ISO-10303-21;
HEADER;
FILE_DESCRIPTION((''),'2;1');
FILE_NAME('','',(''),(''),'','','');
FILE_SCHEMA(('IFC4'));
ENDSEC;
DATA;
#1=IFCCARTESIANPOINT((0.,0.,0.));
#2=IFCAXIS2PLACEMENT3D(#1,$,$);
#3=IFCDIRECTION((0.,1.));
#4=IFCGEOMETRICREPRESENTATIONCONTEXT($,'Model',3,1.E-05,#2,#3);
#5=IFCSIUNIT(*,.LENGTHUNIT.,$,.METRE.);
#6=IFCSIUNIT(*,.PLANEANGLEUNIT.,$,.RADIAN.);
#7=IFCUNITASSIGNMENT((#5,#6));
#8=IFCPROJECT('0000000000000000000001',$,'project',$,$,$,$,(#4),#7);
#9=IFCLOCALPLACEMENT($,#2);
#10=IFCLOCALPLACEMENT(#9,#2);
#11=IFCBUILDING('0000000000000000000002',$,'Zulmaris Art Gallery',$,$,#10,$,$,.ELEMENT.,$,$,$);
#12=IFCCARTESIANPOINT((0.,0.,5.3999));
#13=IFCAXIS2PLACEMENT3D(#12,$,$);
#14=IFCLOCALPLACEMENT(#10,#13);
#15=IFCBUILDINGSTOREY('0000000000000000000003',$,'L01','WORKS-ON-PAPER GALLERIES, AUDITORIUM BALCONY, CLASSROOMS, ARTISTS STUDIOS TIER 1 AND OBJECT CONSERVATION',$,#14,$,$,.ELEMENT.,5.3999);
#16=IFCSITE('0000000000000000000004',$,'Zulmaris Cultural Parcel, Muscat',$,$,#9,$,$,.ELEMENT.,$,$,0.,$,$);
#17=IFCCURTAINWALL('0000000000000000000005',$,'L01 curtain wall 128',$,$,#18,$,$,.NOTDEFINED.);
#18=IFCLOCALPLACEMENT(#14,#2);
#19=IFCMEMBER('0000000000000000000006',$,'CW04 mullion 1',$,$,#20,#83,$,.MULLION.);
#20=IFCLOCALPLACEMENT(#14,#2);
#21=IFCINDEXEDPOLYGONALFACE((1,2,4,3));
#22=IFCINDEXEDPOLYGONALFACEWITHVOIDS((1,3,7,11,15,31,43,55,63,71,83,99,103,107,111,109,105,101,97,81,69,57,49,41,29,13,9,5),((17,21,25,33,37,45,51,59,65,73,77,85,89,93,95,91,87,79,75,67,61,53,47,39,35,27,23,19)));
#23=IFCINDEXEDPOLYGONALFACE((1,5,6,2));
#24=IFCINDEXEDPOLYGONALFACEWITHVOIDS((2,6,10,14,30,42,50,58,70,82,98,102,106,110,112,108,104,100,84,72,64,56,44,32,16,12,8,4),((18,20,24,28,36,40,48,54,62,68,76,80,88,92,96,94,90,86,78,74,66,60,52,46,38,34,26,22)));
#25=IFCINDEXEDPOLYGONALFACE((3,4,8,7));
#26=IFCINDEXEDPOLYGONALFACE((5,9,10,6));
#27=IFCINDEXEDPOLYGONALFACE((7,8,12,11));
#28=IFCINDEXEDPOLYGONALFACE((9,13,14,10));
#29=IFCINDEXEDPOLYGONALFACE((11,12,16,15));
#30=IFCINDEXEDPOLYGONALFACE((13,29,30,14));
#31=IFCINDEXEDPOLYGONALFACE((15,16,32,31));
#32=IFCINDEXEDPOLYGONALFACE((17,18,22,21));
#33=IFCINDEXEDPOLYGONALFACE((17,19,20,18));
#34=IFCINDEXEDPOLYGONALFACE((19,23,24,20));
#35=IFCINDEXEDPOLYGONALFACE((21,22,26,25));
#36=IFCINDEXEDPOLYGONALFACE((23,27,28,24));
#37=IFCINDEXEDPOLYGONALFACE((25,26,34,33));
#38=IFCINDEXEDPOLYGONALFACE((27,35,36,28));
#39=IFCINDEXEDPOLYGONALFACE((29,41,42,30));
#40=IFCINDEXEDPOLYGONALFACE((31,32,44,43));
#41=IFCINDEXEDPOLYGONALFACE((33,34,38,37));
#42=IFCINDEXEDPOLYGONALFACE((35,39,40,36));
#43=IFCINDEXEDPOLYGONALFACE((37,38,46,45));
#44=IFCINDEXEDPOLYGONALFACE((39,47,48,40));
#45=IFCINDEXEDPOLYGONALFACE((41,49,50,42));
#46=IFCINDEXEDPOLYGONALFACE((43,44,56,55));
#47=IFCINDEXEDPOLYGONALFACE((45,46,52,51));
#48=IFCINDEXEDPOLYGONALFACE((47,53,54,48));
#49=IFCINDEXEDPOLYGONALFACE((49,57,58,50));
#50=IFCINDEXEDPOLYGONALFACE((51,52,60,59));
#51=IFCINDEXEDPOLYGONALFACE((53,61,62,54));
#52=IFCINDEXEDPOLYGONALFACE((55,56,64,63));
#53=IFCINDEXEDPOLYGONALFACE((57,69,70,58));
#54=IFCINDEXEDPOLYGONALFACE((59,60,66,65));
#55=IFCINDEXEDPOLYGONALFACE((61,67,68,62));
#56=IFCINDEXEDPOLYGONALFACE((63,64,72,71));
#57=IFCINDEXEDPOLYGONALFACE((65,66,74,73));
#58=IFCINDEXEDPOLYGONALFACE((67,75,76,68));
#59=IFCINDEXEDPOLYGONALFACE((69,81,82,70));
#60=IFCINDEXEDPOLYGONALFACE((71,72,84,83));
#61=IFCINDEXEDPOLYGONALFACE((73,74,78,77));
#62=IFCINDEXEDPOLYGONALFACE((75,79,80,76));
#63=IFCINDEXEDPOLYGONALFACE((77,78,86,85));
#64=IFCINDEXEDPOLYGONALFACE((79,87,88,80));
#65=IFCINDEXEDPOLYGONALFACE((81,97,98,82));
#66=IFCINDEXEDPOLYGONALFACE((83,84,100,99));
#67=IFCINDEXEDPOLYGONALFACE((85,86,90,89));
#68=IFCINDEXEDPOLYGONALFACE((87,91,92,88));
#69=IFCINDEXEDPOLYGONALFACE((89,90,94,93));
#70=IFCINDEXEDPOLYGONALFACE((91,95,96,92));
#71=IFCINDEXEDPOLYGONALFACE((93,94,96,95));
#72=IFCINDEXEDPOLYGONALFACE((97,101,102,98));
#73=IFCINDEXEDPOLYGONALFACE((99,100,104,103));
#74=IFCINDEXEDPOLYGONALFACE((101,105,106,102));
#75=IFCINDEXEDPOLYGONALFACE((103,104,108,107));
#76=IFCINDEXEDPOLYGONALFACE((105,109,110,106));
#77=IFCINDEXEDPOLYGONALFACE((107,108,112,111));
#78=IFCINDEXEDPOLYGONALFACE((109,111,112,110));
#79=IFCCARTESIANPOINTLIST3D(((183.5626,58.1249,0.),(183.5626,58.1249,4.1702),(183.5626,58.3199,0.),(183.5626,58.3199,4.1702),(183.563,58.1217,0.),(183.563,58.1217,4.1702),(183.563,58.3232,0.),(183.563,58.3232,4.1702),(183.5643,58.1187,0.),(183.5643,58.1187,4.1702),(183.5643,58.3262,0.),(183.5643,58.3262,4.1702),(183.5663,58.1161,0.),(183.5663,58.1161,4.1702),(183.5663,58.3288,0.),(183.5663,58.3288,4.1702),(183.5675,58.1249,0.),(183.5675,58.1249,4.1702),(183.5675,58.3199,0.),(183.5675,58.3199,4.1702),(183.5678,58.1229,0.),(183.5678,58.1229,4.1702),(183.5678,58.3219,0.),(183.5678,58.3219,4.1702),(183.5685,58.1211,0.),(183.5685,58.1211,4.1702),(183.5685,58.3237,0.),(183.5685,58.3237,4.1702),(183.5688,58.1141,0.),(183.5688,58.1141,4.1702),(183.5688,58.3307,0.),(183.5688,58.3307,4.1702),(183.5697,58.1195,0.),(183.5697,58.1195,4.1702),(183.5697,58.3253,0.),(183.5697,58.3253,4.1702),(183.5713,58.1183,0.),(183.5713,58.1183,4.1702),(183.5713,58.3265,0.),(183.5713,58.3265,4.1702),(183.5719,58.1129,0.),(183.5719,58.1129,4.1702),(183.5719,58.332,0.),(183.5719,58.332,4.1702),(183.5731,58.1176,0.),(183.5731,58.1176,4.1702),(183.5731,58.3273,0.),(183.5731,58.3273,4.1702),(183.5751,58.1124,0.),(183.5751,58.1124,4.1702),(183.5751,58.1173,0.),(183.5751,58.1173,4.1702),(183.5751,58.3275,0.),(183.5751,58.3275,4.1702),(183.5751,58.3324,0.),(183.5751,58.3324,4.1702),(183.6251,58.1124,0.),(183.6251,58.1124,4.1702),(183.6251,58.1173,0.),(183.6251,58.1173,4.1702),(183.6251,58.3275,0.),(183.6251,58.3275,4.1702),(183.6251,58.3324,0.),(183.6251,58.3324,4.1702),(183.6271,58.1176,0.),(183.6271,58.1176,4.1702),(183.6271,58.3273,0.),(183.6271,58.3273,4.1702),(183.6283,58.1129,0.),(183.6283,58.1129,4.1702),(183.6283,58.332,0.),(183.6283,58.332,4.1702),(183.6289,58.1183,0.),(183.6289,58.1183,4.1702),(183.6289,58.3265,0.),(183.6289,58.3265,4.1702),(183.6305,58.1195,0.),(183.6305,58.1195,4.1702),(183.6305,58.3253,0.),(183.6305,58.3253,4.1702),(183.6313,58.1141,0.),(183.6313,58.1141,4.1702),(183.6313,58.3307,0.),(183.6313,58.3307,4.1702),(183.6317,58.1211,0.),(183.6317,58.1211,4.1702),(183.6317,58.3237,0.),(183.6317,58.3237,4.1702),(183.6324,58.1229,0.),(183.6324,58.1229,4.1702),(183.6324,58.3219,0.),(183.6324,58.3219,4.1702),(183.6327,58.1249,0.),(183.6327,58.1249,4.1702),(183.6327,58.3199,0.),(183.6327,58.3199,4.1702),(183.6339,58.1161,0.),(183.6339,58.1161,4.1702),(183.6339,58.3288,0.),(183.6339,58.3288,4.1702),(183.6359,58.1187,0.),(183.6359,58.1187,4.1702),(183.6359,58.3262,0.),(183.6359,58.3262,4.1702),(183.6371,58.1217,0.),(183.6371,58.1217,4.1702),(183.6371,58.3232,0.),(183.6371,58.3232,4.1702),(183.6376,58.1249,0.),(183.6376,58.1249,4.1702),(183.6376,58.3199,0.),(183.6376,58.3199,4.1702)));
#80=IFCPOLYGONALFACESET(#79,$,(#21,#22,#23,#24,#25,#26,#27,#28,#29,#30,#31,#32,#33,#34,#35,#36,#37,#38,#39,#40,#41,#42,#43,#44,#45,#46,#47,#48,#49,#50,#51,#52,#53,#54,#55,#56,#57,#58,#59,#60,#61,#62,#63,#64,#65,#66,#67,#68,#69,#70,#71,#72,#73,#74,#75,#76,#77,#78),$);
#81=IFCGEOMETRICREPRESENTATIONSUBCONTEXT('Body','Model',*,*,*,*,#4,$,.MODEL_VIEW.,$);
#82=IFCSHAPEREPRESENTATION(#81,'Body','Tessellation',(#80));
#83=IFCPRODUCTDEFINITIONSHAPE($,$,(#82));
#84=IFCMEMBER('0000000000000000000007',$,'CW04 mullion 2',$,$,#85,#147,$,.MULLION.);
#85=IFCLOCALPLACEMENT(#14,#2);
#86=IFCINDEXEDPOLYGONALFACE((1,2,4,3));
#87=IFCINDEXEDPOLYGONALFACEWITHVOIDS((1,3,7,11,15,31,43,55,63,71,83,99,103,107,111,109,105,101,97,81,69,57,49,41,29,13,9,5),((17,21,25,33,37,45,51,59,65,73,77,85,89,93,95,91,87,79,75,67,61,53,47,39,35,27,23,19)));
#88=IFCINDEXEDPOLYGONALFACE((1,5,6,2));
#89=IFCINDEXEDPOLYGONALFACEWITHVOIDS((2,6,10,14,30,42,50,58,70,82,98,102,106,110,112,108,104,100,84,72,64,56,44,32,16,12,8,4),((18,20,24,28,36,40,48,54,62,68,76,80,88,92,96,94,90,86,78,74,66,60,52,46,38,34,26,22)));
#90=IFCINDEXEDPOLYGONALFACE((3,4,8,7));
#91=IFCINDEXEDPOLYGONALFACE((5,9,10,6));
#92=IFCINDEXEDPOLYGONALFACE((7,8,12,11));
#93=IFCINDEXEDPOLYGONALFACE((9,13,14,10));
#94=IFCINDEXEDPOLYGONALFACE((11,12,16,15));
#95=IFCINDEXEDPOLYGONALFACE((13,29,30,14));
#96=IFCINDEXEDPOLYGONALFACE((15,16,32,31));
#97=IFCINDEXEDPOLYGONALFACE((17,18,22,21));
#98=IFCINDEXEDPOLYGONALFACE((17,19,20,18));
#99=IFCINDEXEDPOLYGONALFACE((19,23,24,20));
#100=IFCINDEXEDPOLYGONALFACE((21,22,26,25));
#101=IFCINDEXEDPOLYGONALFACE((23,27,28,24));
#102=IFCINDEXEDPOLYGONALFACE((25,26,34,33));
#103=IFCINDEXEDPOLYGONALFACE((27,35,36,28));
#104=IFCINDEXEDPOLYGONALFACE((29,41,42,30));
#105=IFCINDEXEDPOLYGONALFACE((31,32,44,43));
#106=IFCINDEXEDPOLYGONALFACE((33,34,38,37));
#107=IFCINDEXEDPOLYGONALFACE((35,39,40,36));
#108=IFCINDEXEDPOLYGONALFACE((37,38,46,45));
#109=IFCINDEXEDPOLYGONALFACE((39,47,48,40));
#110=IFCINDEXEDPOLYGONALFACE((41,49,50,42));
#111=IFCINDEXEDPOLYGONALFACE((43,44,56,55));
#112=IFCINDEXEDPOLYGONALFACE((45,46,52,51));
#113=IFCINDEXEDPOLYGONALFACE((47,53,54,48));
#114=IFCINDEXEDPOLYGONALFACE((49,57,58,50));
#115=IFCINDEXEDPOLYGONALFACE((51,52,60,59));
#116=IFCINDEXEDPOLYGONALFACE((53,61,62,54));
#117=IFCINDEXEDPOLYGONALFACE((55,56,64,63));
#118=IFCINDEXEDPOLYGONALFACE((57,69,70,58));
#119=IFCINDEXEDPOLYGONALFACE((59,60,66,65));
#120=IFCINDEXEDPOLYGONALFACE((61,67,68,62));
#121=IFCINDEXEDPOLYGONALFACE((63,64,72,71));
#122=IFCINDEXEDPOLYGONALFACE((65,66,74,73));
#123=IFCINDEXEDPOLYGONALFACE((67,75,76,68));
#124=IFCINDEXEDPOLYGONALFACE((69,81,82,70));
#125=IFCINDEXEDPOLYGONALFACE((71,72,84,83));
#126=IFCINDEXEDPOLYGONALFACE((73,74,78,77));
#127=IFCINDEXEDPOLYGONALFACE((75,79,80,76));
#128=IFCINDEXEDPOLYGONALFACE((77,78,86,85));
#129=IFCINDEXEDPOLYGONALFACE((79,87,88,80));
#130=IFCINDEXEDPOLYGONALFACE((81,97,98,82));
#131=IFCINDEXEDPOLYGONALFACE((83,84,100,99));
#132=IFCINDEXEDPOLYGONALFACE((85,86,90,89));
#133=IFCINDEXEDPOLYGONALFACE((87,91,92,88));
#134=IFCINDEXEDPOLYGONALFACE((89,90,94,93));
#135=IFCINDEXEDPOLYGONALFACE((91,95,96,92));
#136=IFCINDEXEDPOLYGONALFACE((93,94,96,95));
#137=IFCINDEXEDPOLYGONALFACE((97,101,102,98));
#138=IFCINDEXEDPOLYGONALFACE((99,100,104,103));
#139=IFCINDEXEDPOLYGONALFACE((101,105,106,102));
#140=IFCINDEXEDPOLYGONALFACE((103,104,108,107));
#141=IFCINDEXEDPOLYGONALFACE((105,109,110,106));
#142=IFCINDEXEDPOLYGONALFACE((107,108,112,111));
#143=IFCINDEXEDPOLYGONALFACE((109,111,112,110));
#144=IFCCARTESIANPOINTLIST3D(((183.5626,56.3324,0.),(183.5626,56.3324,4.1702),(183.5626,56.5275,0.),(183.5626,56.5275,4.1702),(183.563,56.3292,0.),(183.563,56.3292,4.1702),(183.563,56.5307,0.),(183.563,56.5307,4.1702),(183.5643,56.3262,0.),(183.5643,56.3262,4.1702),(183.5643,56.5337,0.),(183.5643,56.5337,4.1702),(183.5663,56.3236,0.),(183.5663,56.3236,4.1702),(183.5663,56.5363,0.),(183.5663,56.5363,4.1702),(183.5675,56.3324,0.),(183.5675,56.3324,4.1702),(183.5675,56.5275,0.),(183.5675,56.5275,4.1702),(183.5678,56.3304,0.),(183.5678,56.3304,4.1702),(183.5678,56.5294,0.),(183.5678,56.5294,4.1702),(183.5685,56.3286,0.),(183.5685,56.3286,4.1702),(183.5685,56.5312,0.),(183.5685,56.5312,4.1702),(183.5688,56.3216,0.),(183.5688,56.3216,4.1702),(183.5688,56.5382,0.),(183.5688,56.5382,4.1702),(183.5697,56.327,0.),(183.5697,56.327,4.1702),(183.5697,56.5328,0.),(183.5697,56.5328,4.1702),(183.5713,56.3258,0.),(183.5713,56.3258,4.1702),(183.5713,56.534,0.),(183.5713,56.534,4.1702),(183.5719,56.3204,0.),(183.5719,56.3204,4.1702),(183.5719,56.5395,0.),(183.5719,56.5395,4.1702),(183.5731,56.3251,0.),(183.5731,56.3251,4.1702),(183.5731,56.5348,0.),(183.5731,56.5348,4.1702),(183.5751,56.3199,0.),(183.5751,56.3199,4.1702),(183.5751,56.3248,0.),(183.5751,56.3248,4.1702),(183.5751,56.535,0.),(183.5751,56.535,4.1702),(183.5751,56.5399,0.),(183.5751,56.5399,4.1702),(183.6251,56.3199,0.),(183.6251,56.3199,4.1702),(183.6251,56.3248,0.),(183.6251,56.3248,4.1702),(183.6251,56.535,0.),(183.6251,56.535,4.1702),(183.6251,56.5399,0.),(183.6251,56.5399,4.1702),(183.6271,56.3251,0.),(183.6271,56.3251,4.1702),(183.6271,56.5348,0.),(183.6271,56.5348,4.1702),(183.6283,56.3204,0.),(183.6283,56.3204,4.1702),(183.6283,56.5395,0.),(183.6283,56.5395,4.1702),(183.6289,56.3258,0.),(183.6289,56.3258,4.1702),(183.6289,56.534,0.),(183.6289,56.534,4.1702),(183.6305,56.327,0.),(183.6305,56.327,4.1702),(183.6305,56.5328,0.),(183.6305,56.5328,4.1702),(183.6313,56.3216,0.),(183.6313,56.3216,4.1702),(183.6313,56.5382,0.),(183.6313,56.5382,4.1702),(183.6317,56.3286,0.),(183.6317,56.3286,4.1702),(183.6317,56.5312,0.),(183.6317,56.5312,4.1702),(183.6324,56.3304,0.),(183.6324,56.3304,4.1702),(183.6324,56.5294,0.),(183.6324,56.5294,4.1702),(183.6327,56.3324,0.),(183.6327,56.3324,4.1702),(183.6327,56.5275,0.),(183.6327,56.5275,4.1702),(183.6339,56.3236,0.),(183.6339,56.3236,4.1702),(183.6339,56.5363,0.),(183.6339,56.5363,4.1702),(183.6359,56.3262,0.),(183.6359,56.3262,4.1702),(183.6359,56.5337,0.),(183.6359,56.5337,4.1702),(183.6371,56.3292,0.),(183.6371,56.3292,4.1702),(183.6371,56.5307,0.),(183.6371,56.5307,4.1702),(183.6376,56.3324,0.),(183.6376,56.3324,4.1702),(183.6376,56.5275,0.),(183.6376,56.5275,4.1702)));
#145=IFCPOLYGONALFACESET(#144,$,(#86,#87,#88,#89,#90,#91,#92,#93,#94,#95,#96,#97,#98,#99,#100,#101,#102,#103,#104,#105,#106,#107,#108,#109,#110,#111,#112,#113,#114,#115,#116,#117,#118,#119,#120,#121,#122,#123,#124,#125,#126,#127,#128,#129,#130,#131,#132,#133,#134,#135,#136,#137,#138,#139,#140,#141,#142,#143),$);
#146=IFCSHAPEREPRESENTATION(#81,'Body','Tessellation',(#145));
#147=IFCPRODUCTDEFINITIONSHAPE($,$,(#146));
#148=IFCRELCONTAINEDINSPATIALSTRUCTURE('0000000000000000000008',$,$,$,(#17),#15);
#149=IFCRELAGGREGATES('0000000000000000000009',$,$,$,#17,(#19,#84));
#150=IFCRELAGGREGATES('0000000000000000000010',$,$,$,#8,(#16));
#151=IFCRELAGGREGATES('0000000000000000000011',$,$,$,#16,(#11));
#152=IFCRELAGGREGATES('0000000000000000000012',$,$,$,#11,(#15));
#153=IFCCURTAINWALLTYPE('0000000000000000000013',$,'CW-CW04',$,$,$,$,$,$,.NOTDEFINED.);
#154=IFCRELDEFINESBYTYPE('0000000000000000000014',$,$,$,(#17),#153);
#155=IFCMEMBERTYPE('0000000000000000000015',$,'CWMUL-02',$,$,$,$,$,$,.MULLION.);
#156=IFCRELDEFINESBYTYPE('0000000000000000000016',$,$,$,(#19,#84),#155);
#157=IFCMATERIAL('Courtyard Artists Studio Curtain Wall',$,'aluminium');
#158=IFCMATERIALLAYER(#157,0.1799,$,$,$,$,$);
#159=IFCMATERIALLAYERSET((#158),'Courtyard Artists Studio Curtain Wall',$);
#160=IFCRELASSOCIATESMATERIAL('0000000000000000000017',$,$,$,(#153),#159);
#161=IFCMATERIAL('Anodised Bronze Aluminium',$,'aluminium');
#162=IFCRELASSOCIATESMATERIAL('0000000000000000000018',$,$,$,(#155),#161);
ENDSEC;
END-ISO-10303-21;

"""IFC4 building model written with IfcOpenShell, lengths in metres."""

from ifc_helpers import new_model, si_unit, direction, frame, origin, origin_2d, place, context, subcontext, project, spatial, hollow_rectangle, extrude, material, layer, layer_set, material_profile, profile_set, type_object, element, aggregate, save


model = new_model("IFC4")

# Units and contexts
model_context = context("Model", 3, precision=1e-05, world=origin(), true_north=direction((0.0, 1.0)))
body_context = subcontext(model_context, "Body", "Model", "MODEL_VIEW")
ifc_project = project(units=[si_unit("LENGTHUNIT", "METRE"), si_unit("PLANEANGLEUNIT", "RADIAN")], contexts=[model_context])

# Site, building, storey
site_placement = place(None, origin())
site = spatial("IfcSite", under=ifc_project, at=site_placement, Name="Zulmaris Cultural Parcel, Muscat", CompositionType="ELEMENT", RefElevation=0.0)
building_placement = place(site_placement, origin())
building = spatial("IfcBuilding", under=site, at=building_placement, Name="Zulmaris Art Gallery", CompositionType="ELEMENT")
storey_placement = place(building_placement, frame((0.0, 0.0, 5.3999)))
storey = spatial("IfcBuildingStorey", under=building, at=storey_placement, Name="L01", Description="WORKS-ON-PAPER GALLERIES, AUDITORIUM BALCONY, CLASSROOMS, ARTISTS STUDIOS TIER 1 AND OBJECT CONSERVATION", CompositionType="ELEMENT", Elevation=5.3999)

# Curtain wall, members
ifc_material_1 = material(Name="Courtyard Artists Studio Curtain Wall", Category="aluminium")
ifc_layer_1 = layer(ifc_material_1, 0.1799)
ifc_layer_set_1 = layer_set([ifc_layer_1], Name="Courtyard Artists Studio Curtain Wall")
curtain_wall_type = type_object("IfcCurtainWallType", Name="CW-CW04", PredefinedType="NOTDEFINED", material=ifc_layer_set_1)
curtain_wall_placement = place(storey_placement, origin())
curtain_wall = element("IfcCurtainWall", 1, at=curtain_wall_placement, inside=storey, type_object=curtain_wall_type, Name="L01 curtain wall 128", PredefinedType="NOTDEFINED")
ifc_material_2 = material(Name="Anodised Bronze Aluminium", Category="aluminium")
ifc_material_profile_1 = material_profile(ifc_material_2, hollow_rectangle(XDim=0.075, YDim=0.22, WallThickness=0.0049, InnerFilletRadius=0.0076, OuterFilletRadius=0.0125, at=origin_2d()), Name="ALU 75x220x5")
ifc_profile_set_1 = profile_set([ifc_material_profile_1], Name="Anodised Bronze Aluminium")
member_type_1 = type_object("IfcMemberType", Name="CWMUL-02", PredefinedType="MULLION", material=ifc_profile_set_1)
member_1_placement = place(storey_placement, frame((183.6001, 58.2224, 0.0), z_axis=(0.0, 0.0, 1.0), x_axis=(1.0, 0.0, 0.0)))
member_1 = element("IfcMember", 2, at=member_1_placement, type_object=member_type_1, Name="CW04 mullion 1", PredefinedType="MULLION", context=body_context, shape_type="SweptSolid", body=[
    extrude(hollow_rectangle(XDim=0.075, YDim=0.22, WallThickness=0.0049, InnerFilletRadius=0.0076, OuterFilletRadius=0.0125, at=origin_2d()), origin(), (0.0, 0.0, 1.0), 4.1702),
])
member_2_placement = place(storey_placement, frame((183.6001, 56.4299, 0.0), z_axis=(0.0, 0.0, 1.0), x_axis=(1.0, 0.0, 0.0)))
member_2 = element("IfcMember", 3, at=member_2_placement, type_object=member_type_1, Name="CW04 mullion 2", PredefinedType="MULLION", context=body_context, shape_type="SweptSolid", body=[
    extrude(hollow_rectangle(XDim=0.075, YDim=0.22, WallThickness=0.0049, InnerFilletRadius=0.0076, OuterFilletRadius=0.0125, at=origin_2d()), origin(), (0.0, 0.0, 1.0), 4.1702),
])
aggregate(curtain_wall, [member_1, member_2])

save(model, "model.ifc")
